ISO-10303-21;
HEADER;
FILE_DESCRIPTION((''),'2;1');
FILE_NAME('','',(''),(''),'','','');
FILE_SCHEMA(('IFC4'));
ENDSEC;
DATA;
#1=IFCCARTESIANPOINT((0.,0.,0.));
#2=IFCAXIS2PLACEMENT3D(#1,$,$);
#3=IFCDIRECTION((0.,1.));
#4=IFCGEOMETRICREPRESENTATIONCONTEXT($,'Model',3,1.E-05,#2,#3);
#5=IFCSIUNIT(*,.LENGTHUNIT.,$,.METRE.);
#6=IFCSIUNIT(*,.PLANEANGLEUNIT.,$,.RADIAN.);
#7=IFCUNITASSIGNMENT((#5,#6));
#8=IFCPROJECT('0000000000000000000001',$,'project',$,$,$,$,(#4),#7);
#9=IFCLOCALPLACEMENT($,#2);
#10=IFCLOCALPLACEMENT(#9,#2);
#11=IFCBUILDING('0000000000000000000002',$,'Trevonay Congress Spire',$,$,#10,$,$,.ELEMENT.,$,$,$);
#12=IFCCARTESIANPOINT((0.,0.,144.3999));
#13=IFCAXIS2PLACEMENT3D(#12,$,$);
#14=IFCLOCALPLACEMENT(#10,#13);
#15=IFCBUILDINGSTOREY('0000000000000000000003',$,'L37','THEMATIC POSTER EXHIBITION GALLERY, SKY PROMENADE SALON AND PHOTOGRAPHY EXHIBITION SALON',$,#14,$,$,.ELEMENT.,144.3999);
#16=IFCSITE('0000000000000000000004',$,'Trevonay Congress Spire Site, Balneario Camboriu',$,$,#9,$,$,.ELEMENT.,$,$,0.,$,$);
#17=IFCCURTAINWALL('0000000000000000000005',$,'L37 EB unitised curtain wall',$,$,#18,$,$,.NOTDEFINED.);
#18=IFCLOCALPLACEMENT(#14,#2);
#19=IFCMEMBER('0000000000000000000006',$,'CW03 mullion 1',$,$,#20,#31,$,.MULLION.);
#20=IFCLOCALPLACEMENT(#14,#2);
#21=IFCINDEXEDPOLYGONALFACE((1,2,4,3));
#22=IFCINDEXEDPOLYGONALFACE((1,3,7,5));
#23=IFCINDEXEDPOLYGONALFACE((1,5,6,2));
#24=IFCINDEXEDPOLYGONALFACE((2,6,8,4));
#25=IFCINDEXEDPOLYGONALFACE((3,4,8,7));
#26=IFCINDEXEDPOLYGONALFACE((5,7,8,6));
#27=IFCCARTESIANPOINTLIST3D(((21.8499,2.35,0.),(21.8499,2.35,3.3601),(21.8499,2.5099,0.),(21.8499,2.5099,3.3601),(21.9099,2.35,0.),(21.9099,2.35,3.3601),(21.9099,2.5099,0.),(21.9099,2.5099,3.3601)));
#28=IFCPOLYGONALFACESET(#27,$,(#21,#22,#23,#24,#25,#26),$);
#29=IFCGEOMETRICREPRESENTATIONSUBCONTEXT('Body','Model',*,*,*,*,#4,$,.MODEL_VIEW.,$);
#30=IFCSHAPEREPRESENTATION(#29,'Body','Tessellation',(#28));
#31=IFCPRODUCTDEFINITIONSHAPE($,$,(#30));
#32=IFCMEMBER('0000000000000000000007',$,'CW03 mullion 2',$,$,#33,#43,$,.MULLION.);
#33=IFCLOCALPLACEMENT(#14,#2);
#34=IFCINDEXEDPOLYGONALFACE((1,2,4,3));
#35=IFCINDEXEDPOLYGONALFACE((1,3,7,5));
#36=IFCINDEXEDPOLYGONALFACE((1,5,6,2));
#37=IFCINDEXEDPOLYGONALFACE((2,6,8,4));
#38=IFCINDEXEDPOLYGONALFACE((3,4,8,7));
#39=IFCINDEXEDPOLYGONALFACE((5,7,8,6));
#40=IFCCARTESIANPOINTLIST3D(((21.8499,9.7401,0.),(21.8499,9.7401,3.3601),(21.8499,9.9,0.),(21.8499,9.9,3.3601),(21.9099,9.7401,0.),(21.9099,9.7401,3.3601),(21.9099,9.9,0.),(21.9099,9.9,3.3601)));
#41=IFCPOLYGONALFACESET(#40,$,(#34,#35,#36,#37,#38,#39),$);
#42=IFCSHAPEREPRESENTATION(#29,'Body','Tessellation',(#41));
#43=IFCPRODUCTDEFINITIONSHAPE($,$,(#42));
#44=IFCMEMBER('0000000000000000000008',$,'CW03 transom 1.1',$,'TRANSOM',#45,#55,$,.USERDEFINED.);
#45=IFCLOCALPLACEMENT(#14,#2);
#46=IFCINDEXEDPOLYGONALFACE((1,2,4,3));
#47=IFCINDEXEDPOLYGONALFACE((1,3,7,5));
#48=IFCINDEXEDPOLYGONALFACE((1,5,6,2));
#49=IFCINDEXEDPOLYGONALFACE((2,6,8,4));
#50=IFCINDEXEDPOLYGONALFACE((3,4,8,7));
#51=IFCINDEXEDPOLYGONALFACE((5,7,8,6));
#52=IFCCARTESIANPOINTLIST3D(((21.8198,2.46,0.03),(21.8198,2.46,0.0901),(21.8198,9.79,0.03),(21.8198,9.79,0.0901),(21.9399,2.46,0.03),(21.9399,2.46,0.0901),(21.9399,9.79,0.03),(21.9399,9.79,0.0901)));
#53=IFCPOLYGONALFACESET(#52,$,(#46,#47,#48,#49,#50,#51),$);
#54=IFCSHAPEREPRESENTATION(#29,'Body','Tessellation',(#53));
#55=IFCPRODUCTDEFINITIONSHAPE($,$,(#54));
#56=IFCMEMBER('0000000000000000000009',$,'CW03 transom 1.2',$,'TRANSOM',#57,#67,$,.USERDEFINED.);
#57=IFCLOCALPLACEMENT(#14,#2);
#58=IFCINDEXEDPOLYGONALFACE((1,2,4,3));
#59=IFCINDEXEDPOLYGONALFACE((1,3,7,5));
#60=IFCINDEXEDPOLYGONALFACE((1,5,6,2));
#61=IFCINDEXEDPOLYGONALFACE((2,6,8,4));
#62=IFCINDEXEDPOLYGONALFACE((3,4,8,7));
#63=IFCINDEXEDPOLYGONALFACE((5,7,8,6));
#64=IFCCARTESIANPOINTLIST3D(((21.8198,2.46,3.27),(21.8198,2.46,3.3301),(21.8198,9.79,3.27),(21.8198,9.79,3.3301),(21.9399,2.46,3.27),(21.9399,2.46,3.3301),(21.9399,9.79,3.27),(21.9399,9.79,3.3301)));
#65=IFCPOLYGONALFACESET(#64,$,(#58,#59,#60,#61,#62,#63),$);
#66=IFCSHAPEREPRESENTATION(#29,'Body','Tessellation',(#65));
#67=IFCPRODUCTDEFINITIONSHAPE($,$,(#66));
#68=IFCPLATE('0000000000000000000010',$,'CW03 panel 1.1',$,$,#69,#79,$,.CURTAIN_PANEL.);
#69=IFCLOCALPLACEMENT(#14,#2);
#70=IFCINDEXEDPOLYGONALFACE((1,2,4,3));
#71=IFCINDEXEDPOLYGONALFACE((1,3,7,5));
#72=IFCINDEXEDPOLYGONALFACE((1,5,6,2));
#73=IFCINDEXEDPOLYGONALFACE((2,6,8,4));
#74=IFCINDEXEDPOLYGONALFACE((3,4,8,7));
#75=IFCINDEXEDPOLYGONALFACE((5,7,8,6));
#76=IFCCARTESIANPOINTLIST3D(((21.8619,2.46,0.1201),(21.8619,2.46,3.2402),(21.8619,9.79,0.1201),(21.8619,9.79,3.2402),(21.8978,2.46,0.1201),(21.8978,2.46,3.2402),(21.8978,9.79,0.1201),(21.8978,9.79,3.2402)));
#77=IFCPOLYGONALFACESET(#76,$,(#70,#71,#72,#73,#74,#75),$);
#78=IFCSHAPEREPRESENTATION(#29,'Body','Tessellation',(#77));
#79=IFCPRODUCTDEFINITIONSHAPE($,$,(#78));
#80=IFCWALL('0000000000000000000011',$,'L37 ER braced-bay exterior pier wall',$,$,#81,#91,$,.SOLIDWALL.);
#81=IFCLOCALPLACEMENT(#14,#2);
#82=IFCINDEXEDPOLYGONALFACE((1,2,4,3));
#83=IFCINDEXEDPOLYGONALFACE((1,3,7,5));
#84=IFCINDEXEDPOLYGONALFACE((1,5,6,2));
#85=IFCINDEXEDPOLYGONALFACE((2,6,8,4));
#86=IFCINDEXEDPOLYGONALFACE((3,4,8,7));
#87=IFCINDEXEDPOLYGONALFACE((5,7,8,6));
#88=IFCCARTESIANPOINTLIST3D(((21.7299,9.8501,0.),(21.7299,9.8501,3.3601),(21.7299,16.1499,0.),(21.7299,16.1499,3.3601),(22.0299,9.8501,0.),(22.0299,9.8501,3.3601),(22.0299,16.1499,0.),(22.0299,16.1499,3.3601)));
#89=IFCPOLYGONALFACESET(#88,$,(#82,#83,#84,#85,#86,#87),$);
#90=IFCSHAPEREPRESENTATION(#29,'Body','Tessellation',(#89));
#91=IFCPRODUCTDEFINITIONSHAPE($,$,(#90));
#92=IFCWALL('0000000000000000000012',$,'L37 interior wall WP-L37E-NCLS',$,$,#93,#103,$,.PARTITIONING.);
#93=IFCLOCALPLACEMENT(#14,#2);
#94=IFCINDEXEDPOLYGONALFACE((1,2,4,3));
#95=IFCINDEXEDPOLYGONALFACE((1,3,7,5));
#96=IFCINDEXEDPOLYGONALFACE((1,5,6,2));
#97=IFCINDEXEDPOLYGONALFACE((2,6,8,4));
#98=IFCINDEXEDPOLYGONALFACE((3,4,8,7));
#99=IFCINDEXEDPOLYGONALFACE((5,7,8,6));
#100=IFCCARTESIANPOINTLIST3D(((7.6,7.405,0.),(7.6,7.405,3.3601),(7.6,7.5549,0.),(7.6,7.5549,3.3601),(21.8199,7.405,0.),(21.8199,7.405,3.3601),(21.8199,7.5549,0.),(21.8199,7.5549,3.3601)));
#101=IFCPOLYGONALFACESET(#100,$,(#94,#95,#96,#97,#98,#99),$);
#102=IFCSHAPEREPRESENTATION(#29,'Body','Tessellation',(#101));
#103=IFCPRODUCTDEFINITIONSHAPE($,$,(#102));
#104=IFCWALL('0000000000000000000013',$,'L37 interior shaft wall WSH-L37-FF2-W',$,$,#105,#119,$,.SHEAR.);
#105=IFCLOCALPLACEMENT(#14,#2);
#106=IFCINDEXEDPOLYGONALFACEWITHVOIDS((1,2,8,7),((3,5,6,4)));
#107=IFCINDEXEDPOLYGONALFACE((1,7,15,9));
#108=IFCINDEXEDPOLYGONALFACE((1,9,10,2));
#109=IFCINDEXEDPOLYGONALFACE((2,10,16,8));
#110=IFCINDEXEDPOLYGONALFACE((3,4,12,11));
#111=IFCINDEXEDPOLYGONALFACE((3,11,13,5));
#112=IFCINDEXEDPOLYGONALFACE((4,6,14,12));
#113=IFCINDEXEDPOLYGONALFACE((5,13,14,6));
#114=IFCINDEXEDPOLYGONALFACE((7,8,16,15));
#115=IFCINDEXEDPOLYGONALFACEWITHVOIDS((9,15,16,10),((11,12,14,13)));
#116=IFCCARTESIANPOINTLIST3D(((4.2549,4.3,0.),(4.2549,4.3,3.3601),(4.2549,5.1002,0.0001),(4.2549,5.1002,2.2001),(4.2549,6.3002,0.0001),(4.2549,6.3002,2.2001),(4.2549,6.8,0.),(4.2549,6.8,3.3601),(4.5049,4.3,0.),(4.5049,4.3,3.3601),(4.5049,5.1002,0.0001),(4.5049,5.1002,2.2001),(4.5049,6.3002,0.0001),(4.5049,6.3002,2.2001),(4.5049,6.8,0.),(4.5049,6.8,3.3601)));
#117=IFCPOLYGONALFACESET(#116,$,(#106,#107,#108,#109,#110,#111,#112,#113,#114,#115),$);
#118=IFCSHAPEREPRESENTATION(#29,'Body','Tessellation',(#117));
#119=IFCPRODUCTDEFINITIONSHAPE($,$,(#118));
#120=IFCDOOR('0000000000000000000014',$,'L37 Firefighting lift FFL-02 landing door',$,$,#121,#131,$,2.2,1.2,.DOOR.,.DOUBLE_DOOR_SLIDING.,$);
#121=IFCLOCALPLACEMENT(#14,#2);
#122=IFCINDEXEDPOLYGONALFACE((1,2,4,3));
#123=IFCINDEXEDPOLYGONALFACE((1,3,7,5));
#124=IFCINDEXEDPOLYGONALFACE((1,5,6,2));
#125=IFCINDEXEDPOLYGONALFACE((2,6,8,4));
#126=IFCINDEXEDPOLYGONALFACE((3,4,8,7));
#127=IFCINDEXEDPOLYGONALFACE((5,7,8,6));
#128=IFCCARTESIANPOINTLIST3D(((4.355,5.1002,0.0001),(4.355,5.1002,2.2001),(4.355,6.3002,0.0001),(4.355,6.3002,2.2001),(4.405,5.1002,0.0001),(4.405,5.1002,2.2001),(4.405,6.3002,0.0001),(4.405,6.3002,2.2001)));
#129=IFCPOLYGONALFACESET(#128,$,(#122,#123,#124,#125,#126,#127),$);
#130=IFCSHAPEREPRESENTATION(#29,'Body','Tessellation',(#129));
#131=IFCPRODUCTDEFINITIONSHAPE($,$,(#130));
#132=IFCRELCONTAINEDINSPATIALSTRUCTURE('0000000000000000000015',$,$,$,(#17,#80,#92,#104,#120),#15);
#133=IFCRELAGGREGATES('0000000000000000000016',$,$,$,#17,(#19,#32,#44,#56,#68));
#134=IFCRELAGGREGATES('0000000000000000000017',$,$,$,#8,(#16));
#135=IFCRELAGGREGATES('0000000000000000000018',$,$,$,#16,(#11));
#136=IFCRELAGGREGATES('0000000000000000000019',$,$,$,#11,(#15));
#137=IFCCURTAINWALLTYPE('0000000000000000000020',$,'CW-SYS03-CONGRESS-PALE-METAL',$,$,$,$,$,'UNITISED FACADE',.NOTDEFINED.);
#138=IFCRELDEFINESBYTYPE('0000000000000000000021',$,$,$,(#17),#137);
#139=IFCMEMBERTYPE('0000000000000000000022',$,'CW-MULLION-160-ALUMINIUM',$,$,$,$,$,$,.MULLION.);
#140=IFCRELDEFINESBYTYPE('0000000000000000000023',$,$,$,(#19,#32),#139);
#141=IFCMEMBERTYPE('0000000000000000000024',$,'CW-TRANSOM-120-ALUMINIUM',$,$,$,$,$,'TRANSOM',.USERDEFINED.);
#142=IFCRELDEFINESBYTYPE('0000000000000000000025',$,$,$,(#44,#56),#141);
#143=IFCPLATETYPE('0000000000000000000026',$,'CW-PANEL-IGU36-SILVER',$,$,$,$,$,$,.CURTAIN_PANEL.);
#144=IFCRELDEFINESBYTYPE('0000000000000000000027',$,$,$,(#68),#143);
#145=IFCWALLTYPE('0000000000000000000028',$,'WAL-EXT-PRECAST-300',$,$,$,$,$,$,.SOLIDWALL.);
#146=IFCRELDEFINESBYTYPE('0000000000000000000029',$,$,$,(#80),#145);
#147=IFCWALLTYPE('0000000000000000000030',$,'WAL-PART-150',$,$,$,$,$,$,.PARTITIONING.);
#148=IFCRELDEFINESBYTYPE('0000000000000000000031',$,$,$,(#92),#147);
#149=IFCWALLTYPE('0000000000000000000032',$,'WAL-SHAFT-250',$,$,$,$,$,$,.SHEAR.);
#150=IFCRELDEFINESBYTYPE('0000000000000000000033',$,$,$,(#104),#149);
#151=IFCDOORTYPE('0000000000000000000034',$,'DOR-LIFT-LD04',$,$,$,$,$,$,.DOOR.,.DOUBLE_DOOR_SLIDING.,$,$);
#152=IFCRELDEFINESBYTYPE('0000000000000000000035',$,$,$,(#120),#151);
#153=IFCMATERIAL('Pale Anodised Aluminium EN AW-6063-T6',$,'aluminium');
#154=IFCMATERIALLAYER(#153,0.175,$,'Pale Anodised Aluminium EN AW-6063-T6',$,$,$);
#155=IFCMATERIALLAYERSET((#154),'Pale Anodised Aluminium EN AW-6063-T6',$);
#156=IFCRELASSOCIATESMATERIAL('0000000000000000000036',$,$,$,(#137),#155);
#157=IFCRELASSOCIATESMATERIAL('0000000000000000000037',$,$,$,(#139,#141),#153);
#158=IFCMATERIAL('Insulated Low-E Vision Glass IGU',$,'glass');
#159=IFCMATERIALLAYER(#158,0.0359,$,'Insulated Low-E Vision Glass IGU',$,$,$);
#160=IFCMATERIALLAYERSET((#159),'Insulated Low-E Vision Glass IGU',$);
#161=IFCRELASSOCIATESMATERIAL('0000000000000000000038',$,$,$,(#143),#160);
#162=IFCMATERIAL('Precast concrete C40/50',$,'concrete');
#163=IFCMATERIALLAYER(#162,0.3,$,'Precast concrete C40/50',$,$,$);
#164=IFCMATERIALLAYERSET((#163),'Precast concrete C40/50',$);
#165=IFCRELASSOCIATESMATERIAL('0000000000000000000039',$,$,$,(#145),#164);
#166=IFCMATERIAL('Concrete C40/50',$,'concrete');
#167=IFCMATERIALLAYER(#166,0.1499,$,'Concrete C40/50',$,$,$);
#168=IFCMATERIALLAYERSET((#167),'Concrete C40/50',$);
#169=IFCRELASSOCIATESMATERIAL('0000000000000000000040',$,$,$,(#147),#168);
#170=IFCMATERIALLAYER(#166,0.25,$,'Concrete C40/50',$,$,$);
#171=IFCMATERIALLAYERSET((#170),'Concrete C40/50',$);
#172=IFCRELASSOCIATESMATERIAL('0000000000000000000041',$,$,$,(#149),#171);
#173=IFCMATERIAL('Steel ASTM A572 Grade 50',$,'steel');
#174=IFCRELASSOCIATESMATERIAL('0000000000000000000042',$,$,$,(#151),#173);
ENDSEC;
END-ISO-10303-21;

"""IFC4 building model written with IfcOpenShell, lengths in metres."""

from ifc_helpers import new_model, si_unit, direction, frame, frame_2d, origin, origin_2d, place, context, subcontext, project, spatial, rectangle, extrude, material, layer, layer_set, material_profile, profile_set, type_object, element, fill, aggregate, save


model = new_model("IFC4")

# Units and contexts
model_context = context("Model", 3, precision=1e-05, world=origin(), true_north=direction((0.0, 1.0)))
body_context = subcontext(model_context, "Body", "Model", "MODEL_VIEW")
ifc_project = project(units=[si_unit("LENGTHUNIT", "METRE"), si_unit("PLANEANGLEUNIT", "RADIAN")], contexts=[model_context])

# Site, building, storey
site_placement = place(None, origin())
site = spatial("IfcSite", under=ifc_project, at=site_placement, Name="Trevonay Congress Spire Site, Balneario Camboriu", CompositionType="ELEMENT", RefElevation=0.0)
building_placement = place(site_placement, origin())
building = spatial("IfcBuilding", under=site, at=building_placement, Name="Trevonay Congress Spire", CompositionType="ELEMENT")
storey_placement = place(building_placement, frame((0.0, 0.0, 144.3999)))
storey = spatial("IfcBuildingStorey", under=building, at=storey_placement, Name="L37", Description="THEMATIC POSTER EXHIBITION GALLERY, SKY PROMENADE SALON AND PHOTOGRAPHY EXHIBITION SALON", CompositionType="ELEMENT", Elevation=144.3999)

# Shared definitions
ifc_material_1 = material(Name="Steel ASTM A572 Grade 50", Category="steel")

# Curtain wall, members, plate
ifc_material_2 = material(Name="Pale Anodised Aluminium EN AW-6063-T6", Category="aluminium")
ifc_layer_1 = layer(ifc_material_2, 0.175, Name="Pale Anodised Aluminium EN AW-6063-T6")
ifc_layer_set_1 = layer_set([ifc_layer_1], Name="Pale Anodised Aluminium EN AW-6063-T6")
curtain_wall_type = type_object("IfcCurtainWallType", Name="CW-SYS03-CONGRESS-PALE-METAL", ElementType="UNITISED FACADE", PredefinedType="NOTDEFINED", material=ifc_layer_set_1)
curtain_wall_placement = place(storey_placement, origin())
curtain_wall = element("IfcCurtainWall", 1, at=curtain_wall_placement, inside=storey, type_object=curtain_wall_type, Name="L37 EB unitised curtain wall", PredefinedType="NOTDEFINED")
ifc_material_profile_1 = material_profile(ifc_material_2, rectangle(XDim=0.0601, YDim=0.1599, at=origin_2d()), Name="CW-MULLION-160-ALUMINIUM")
ifc_profile_set_1 = profile_set([ifc_material_profile_1], Name="Pale Anodised Aluminium EN AW-6063-T6")
member_type_1 = type_object("IfcMemberType", Name="CW-MULLION-160-ALUMINIUM", PredefinedType="MULLION", material=ifc_profile_set_1)
member_1_placement = place(storey_placement, frame((21.8799, 2.4299, 0.0), z_axis=(0.0, 0.0, 1.0), x_axis=(-1.0, 0.0, 0.0)))
member_1 = element("IfcMember", 2, at=member_1_placement, type_object=member_type_1, Name="CW03 mullion 1", PredefinedType="MULLION", context=body_context, shape_type="SweptSolid", body=[
    extrude(rectangle(XDim=0.0601, YDim=0.1599, at=origin_2d()), origin(), (0.0, 0.0, 1.0), 3.3601),
])
member_2_placement = place(storey_placement, frame((21.8799, 9.8201, 0.0), z_axis=(0.0, 0.0, 1.0), x_axis=(-1.0, 0.0, 0.0)))
member_2 = element("IfcMember", 3, at=member_2_placement, type_object=member_type_1, Name="CW03 mullion 2", PredefinedType="MULLION", context=body_context, shape_type="SweptSolid", body=[
    extrude(rectangle(XDim=0.0601, YDim=0.1599, at=origin_2d()), origin(), (0.0, 0.0, 1.0), 3.3601),
])
ifc_material_profile_2 = material_profile(ifc_material_2, rectangle(XDim=0.1201, YDim=0.0601, at=origin_2d()), Name="CW-TRANSOM-120-ALUMINIUM")
ifc_profile_set_2 = profile_set([ifc_material_profile_2], Name="Pale Anodised Aluminium EN AW-6063-T6")
member_type_2 = type_object("IfcMemberType", Name="CW-TRANSOM-120-ALUMINIUM", ElementType="TRANSOM", PredefinedType="USERDEFINED", material=ifc_profile_set_2)
member_3_placement = place(storey_placement, frame((21.8799, 2.46, 0.0601), z_axis=(0.0, 1.0, 0.0), x_axis=(-1.0, 0.0, 0.0)))
member_3 = element("IfcMember", 4, at=member_3_placement, type_object=member_type_2, Name="CW03 transom 1.1", ObjectType="TRANSOM", PredefinedType="USERDEFINED", context=body_context, shape_type="SweptSolid", body=[
    extrude(rectangle(XDim=0.1201, YDim=0.0601, at=origin_2d()), origin(), (0.0, 0.0, 1.0), 7.3301),
])
member_4_placement = place(storey_placement, frame((21.8799, 2.46, 3.3), z_axis=(0.0, 1.0, 0.0), x_axis=(-1.0, 0.0, 0.0)))
member_4 = element("IfcMember", 5, at=member_4_placement, type_object=member_type_2, Name="CW03 transom 1.2", ObjectType="TRANSOM", PredefinedType="USERDEFINED", context=body_context, shape_type="SweptSolid", body=[
    extrude(rectangle(XDim=0.1201, YDim=0.0601, at=origin_2d()), origin(), (0.0, 0.0, 1.0), 7.3301),
])
ifc_material_3 = material(Name="Insulated Low-E Vision Glass IGU", Category="glass")
ifc_layer_2 = layer(ifc_material_3, 0.0359, Name="Insulated Low-E Vision Glass IGU")
ifc_layer_set_2 = layer_set([ifc_layer_2], Name="Insulated Low-E Vision Glass IGU")
plate_type = type_object("IfcPlateType", Name="CW-PANEL-IGU36-SILVER", PredefinedType="CURTAIN_PANEL", material=ifc_layer_set_2)
plate_placement = place(storey_placement, frame((21.8799, 6.125, 0.1201), z_axis=(0.0, 0.0, 1.0), x_axis=(0.0, 1.0, 0.0)))
plate = element("IfcPlate", 6, at=plate_placement, type_object=plate_type, Name="CW03 panel 1.1", PredefinedType="CURTAIN_PANEL", context=body_context, shape_type="SweptSolid", body=[
    extrude(rectangle(XDim=7.3301, YDim=0.0359, at=origin_2d()), origin(), (0.0, 0.0, 1.0), 3.1201),
])
aggregate(curtain_wall, [member_1, member_2, member_3, member_4, plate])

# Walls
ifc_material_4 = material(Name="Precast concrete C40/50", Category="concrete")
ifc_layer_3 = layer(ifc_material_4, 0.3, Name="Precast concrete C40/50")
ifc_layer_set_3 = layer_set([ifc_layer_3], Name="Precast concrete C40/50")
wall_type_1 = type_object("IfcWallType", Name="WAL-EXT-PRECAST-300", PredefinedType="SOLIDWALL", material=ifc_layer_set_3)
wall_1_placement = place(storey_placement, frame((21.8799, 9.8501, 0.0), z_axis=(0.0, 0.0, 1.0), x_axis=(0.0, 1.0, 0.0)))
element("IfcWall", 7, at=wall_1_placement, inside=storey, type_object=wall_type_1, Name="L37 ER braced-bay exterior pier wall", PredefinedType="SOLIDWALL", context=body_context, shape_type="SweptSolid", body=[
    extrude(rectangle(XDim=6.2998, YDim=0.3, at=frame_2d((3.1499, 0.0))), origin(), (0.0, 0.0, 1.0), 3.3601),
])
ifc_material_5 = material(Name="Concrete C40/50", Category="concrete")
ifc_layer_4 = layer(ifc_material_5, 0.1499, Name="Concrete C40/50")
ifc_layer_set_4 = layer_set([ifc_layer_4], Name="Concrete C40/50")
wall_type_2 = type_object("IfcWallType", Name="WAL-PART-150", PredefinedType="PARTITIONING", material=ifc_layer_set_4)
wall_2_placement = place(storey_placement, frame((7.6001, 7.48, 0.0), z_axis=(0.0, 0.0, 1.0), x_axis=(1.0, 0.0, 0.0)))
element("IfcWall", 8, at=wall_2_placement, inside=storey, type_object=wall_type_2, Name="L37 interior wall WP-L37E-NCLS", PredefinedType="PARTITIONING", context=body_context, shape_type="SweptSolid", body=[
    extrude(rectangle(XDim=14.22, YDim=0.1499, at=frame_2d((7.1099, 0.0))), origin(), (0.0, 0.0, 1.0), 3.3601),
])

# Wall, opening, door
ifc_layer_5 = layer(ifc_material_5, 0.25, Name="Concrete C40/50")
ifc_layer_set_5 = layer_set([ifc_layer_5], Name="Concrete C40/50")
wall_type_3 = type_object("IfcWallType", Name="WAL-SHAFT-250", PredefinedType="SHEAR", material=ifc_layer_set_5)
wall_3_placement = place(storey_placement, frame((4.3799, 4.3, 0.0), z_axis=(0.0, 0.0, 1.0), x_axis=(0.0, 1.0, 0.0)))
wall_3 = element("IfcWall", 9, at=wall_3_placement, inside=storey, type_object=wall_type_3, Name="L37 interior shaft wall WSH-L37-FF2-W", PredefinedType="SHEAR", context=body_context, shape_type="SweptSolid", body=[
    extrude(rectangle(XDim=2.5, YDim=0.25, at=frame_2d((1.25, 0.0))), origin(), (0.0, 0.0, 1.0), 3.3601),
])
opening_placement = place(wall_3_placement, frame((0.8, 0.0, 0.0)))
opening = element("IfcOpeningElement", 10, at=opening_placement, cuts=wall_3, PredefinedType="OPENING", context=body_context, shape_type="SweptSolid", body=[
    extrude(rectangle(XDim=1.2, YDim=2.2, at=frame_2d((0.6001, 1.1001))), frame((0.0, 0.135, 0.0), z_axis=(0.0, -1.0, 0.0), x_axis=(1.0, 0.0, 0.0)), (0.0, 0.0, 1.0), 0.27),
])
door_type = type_object("IfcDoorType", Name="DOR-LIFT-LD04", OperationType="DOUBLE_DOOR_SLIDING", PredefinedType="DOOR", material=ifc_material_1)
door_placement = place(opening_placement, origin())
door = element("IfcDoor", 11, at=door_placement, inside=storey, type_object=door_type, Name="L37 Firefighting lift FFL-02 landing door", OperationType="DOUBLE_DOOR_SLIDING", OverallHeight=2.2, OverallWidth=1.2, PredefinedType="DOOR", context=body_context, shape_type="SweptSolid", body=[
    extrude(rectangle(XDim=1.2, YDim=2.2, at=frame_2d((0.6001, 1.1001))), frame((0.0, 0.0249, 0.0), z_axis=(0.0, -1.0, 0.0), x_axis=(1.0, 0.0, 0.0)), (0.0, 0.0, 1.0), 0.05),
])
fill(opening, door)

save(model, "model.ifc")
